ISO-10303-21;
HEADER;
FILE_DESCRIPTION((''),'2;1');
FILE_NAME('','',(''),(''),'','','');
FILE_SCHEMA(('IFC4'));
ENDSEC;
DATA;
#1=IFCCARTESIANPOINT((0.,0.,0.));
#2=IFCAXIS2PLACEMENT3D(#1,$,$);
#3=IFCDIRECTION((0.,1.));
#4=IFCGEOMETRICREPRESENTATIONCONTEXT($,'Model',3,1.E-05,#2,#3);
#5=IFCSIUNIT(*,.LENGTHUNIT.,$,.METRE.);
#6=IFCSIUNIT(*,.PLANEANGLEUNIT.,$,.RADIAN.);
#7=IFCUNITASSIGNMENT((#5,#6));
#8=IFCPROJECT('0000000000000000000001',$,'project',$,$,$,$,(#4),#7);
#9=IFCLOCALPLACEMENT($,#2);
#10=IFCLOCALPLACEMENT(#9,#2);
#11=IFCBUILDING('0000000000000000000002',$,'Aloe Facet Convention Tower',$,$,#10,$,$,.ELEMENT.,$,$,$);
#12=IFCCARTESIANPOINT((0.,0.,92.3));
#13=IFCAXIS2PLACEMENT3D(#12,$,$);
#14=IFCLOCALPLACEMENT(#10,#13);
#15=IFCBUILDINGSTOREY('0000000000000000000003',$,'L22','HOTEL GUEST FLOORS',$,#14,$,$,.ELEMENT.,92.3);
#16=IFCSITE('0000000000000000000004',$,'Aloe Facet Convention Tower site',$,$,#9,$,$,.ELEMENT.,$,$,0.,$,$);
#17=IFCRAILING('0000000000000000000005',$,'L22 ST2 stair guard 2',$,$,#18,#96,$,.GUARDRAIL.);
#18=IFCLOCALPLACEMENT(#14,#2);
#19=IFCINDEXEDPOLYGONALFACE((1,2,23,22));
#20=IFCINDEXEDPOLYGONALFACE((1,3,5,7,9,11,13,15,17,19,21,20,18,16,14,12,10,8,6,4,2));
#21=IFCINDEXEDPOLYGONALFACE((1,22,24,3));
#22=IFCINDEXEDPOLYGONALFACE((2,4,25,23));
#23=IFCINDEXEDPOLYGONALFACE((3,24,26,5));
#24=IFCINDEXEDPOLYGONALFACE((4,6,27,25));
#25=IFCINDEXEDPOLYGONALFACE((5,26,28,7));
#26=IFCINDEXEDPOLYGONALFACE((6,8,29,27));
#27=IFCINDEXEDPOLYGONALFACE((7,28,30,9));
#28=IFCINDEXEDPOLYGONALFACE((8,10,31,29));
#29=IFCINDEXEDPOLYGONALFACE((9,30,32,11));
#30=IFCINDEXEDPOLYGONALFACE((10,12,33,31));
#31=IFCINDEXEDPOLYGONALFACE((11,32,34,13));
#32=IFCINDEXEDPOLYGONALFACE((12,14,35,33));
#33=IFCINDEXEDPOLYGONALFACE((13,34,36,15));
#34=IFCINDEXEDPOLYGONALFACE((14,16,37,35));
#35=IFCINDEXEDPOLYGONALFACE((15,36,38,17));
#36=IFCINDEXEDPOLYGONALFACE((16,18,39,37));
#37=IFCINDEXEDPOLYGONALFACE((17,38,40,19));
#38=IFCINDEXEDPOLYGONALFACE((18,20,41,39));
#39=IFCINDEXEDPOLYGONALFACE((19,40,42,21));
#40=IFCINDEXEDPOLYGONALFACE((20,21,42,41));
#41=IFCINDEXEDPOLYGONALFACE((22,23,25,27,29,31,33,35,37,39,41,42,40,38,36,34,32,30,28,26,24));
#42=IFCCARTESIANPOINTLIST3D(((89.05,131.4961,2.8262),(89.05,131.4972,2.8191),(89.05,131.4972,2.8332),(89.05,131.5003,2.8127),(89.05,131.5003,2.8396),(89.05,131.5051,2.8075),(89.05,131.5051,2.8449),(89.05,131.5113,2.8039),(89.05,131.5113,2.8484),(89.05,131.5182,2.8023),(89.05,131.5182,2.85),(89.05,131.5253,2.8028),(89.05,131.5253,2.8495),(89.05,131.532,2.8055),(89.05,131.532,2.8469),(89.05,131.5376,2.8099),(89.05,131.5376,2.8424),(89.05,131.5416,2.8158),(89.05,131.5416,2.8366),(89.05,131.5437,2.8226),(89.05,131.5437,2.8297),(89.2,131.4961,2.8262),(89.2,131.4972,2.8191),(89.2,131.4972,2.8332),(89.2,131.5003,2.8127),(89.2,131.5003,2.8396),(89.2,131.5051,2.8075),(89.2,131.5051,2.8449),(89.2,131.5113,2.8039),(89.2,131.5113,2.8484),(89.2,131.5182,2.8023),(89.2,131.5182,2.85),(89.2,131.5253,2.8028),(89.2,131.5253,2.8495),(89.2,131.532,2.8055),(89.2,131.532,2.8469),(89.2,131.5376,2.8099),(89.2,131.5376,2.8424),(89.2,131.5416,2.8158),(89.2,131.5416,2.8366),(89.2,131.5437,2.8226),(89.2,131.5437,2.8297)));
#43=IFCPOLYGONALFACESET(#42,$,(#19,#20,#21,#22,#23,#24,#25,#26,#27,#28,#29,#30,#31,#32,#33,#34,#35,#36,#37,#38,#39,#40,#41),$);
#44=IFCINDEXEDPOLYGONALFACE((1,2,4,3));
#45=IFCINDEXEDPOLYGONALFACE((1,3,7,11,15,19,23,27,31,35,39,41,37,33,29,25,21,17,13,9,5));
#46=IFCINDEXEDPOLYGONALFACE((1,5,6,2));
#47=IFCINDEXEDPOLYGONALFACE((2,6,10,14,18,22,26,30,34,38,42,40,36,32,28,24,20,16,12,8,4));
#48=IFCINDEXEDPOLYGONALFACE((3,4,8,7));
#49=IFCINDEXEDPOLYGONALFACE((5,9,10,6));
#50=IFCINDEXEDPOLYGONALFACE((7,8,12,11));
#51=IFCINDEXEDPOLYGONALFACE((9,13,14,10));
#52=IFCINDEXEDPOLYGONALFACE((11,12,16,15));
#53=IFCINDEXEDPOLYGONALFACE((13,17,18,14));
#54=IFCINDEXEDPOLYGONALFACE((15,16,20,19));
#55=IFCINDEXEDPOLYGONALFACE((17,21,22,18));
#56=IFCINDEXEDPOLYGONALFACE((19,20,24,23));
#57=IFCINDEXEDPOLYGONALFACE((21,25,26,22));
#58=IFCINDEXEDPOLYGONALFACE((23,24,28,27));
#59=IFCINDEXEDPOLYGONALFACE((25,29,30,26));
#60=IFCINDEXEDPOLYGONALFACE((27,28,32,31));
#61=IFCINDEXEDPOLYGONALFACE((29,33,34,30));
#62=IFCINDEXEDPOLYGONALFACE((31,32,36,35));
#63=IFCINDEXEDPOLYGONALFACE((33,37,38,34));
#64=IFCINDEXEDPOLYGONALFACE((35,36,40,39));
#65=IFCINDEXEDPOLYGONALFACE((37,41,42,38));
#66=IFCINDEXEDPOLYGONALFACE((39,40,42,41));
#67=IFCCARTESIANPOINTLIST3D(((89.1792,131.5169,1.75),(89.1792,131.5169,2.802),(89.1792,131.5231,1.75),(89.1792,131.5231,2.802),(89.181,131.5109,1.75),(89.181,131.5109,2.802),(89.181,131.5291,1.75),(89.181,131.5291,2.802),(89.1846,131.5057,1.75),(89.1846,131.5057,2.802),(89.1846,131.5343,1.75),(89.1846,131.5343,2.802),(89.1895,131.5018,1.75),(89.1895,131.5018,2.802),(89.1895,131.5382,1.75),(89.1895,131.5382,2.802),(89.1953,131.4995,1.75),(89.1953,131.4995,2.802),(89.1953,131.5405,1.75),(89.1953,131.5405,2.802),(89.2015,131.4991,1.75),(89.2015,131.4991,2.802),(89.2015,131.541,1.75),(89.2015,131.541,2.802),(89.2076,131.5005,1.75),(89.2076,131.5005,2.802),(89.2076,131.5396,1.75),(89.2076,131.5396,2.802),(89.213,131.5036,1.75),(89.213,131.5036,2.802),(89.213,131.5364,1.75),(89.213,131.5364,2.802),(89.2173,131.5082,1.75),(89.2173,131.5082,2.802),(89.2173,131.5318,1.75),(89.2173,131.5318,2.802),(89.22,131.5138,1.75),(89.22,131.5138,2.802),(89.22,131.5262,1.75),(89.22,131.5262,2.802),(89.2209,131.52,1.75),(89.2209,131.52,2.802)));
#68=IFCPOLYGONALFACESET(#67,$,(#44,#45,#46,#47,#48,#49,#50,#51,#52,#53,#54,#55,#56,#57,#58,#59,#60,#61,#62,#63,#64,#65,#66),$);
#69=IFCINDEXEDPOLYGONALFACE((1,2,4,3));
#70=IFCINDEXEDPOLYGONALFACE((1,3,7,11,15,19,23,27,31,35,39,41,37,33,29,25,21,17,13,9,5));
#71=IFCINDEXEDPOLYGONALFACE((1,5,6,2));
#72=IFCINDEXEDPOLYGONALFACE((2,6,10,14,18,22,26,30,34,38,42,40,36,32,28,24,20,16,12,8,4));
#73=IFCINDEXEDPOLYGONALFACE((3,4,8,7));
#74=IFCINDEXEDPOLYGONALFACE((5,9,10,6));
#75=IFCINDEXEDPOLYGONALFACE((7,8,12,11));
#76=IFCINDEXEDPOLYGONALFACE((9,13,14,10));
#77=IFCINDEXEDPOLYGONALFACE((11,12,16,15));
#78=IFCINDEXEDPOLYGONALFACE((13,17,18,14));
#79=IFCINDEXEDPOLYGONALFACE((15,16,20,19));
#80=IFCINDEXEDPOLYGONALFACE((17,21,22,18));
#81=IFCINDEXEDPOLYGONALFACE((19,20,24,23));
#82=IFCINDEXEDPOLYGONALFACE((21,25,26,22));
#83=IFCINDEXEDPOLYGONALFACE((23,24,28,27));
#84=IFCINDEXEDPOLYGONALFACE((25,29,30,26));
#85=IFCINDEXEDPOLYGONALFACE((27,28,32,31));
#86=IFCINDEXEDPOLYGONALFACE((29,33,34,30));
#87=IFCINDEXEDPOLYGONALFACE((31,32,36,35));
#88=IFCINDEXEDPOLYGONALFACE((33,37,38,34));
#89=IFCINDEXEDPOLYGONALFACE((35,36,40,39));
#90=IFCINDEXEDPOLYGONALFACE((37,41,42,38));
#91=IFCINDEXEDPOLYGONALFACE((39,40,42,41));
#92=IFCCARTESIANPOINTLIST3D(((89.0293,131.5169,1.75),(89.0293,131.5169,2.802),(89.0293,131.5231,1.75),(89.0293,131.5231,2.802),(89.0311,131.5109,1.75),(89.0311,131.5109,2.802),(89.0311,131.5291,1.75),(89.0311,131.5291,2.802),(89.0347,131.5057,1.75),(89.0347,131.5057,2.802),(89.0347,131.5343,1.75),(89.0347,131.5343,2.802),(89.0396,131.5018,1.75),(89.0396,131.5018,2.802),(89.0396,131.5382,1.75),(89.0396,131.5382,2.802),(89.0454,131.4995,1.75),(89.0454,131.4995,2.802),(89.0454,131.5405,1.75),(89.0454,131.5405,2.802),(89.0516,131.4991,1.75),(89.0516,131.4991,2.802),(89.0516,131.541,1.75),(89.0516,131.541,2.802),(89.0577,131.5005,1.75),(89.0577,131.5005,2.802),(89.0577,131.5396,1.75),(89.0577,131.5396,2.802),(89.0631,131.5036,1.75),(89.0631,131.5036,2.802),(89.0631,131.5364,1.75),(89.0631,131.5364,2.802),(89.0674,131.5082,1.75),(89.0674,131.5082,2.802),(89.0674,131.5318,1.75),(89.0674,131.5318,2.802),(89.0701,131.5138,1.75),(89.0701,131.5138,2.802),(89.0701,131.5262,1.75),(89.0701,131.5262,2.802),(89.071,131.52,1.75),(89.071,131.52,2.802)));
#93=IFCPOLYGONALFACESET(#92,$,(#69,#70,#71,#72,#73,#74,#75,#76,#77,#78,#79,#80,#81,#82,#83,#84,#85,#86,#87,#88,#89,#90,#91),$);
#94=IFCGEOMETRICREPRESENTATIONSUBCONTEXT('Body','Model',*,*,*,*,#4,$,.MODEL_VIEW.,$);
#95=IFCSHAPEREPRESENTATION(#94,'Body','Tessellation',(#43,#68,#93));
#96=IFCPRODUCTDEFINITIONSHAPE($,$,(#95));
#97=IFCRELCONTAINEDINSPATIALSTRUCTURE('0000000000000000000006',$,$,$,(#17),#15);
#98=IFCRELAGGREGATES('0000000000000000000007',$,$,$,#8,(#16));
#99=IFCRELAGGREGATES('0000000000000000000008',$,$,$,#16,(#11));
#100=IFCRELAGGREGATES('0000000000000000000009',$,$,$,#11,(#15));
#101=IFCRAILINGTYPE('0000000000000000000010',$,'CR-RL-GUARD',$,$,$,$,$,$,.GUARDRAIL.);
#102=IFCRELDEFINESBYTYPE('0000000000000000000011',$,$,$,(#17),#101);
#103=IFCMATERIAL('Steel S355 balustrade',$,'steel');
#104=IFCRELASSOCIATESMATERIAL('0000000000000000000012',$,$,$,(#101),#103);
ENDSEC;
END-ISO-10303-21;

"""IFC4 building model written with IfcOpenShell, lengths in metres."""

from ifc_helpers import new_model, si_unit, direction, frame, origin, origin_2d, place, context, subcontext, project, spatial, circle, extrude, material, type_object, element, save


model = new_model("IFC4")

# Units and contexts
model_context = context("Model", 3, precision=1e-05, world=origin(), true_north=direction((0.0, 1.0)))
body_context = subcontext(model_context, "Body", "Model", "MODEL_VIEW")
ifc_project = project(units=[si_unit("LENGTHUNIT", "METRE"), si_unit("PLANEANGLEUNIT", "RADIAN")], contexts=[model_context])

# Site, building, storey
site_placement = place(None, origin())
site = spatial("IfcSite", under=ifc_project, at=site_placement, Name="Aloe Facet Convention Tower site", CompositionType="ELEMENT", RefElevation=0.0)
building_placement = place(site_placement, origin())
building = spatial("IfcBuilding", under=site, at=building_placement, Name="Aloe Facet Convention Tower", CompositionType="ELEMENT")
storey_placement = place(building_placement, frame((0.0, 0.0, 92.3)))
storey = spatial("IfcBuildingStorey", under=building, at=storey_placement, Name="L22", Description="HOTEL GUEST FLOORS", CompositionType="ELEMENT", Elevation=92.3)

# Railing
ifc_material_1 = material(Name="Steel S355 balustrade", Category="steel")
railing_type_1 = type_object("IfcRailingType", Name="CR-RL-GUARD", PredefinedType="GUARDRAIL", material=ifc_material_1)
railing_1_placement = place(storey_placement, frame((89.2, 131.52, 1.75)))
element("IfcRailing", 1, at=railing_1_placement, inside=storey, type_object=railing_type_1, Name="L22 ST2 stair guard 2", PredefinedType="GUARDRAIL", context=body_context, shape_type="SweptSolid", body=[
    extrude(circle(Radius=0.0239, at=origin_2d()), frame((0.0, 0.0, 1.0762), z_axis=(-1.0, 0.0, 0.0), x_axis=(0.0, -1.0, 0.0)), (0.0, 0.0, 1.0), 0.1499),
    extrude(circle(Radius=0.021, at=origin_2d()), origin(), (0.0, 0.0, 1.0), 1.052),
    extrude(circle(Radius=0.021, at=origin_2d()), frame((-0.1499, 0.0, 0.0)), (0.0, 0.0, 1.0), 1.052),
])

save(model, "model.ifc")
